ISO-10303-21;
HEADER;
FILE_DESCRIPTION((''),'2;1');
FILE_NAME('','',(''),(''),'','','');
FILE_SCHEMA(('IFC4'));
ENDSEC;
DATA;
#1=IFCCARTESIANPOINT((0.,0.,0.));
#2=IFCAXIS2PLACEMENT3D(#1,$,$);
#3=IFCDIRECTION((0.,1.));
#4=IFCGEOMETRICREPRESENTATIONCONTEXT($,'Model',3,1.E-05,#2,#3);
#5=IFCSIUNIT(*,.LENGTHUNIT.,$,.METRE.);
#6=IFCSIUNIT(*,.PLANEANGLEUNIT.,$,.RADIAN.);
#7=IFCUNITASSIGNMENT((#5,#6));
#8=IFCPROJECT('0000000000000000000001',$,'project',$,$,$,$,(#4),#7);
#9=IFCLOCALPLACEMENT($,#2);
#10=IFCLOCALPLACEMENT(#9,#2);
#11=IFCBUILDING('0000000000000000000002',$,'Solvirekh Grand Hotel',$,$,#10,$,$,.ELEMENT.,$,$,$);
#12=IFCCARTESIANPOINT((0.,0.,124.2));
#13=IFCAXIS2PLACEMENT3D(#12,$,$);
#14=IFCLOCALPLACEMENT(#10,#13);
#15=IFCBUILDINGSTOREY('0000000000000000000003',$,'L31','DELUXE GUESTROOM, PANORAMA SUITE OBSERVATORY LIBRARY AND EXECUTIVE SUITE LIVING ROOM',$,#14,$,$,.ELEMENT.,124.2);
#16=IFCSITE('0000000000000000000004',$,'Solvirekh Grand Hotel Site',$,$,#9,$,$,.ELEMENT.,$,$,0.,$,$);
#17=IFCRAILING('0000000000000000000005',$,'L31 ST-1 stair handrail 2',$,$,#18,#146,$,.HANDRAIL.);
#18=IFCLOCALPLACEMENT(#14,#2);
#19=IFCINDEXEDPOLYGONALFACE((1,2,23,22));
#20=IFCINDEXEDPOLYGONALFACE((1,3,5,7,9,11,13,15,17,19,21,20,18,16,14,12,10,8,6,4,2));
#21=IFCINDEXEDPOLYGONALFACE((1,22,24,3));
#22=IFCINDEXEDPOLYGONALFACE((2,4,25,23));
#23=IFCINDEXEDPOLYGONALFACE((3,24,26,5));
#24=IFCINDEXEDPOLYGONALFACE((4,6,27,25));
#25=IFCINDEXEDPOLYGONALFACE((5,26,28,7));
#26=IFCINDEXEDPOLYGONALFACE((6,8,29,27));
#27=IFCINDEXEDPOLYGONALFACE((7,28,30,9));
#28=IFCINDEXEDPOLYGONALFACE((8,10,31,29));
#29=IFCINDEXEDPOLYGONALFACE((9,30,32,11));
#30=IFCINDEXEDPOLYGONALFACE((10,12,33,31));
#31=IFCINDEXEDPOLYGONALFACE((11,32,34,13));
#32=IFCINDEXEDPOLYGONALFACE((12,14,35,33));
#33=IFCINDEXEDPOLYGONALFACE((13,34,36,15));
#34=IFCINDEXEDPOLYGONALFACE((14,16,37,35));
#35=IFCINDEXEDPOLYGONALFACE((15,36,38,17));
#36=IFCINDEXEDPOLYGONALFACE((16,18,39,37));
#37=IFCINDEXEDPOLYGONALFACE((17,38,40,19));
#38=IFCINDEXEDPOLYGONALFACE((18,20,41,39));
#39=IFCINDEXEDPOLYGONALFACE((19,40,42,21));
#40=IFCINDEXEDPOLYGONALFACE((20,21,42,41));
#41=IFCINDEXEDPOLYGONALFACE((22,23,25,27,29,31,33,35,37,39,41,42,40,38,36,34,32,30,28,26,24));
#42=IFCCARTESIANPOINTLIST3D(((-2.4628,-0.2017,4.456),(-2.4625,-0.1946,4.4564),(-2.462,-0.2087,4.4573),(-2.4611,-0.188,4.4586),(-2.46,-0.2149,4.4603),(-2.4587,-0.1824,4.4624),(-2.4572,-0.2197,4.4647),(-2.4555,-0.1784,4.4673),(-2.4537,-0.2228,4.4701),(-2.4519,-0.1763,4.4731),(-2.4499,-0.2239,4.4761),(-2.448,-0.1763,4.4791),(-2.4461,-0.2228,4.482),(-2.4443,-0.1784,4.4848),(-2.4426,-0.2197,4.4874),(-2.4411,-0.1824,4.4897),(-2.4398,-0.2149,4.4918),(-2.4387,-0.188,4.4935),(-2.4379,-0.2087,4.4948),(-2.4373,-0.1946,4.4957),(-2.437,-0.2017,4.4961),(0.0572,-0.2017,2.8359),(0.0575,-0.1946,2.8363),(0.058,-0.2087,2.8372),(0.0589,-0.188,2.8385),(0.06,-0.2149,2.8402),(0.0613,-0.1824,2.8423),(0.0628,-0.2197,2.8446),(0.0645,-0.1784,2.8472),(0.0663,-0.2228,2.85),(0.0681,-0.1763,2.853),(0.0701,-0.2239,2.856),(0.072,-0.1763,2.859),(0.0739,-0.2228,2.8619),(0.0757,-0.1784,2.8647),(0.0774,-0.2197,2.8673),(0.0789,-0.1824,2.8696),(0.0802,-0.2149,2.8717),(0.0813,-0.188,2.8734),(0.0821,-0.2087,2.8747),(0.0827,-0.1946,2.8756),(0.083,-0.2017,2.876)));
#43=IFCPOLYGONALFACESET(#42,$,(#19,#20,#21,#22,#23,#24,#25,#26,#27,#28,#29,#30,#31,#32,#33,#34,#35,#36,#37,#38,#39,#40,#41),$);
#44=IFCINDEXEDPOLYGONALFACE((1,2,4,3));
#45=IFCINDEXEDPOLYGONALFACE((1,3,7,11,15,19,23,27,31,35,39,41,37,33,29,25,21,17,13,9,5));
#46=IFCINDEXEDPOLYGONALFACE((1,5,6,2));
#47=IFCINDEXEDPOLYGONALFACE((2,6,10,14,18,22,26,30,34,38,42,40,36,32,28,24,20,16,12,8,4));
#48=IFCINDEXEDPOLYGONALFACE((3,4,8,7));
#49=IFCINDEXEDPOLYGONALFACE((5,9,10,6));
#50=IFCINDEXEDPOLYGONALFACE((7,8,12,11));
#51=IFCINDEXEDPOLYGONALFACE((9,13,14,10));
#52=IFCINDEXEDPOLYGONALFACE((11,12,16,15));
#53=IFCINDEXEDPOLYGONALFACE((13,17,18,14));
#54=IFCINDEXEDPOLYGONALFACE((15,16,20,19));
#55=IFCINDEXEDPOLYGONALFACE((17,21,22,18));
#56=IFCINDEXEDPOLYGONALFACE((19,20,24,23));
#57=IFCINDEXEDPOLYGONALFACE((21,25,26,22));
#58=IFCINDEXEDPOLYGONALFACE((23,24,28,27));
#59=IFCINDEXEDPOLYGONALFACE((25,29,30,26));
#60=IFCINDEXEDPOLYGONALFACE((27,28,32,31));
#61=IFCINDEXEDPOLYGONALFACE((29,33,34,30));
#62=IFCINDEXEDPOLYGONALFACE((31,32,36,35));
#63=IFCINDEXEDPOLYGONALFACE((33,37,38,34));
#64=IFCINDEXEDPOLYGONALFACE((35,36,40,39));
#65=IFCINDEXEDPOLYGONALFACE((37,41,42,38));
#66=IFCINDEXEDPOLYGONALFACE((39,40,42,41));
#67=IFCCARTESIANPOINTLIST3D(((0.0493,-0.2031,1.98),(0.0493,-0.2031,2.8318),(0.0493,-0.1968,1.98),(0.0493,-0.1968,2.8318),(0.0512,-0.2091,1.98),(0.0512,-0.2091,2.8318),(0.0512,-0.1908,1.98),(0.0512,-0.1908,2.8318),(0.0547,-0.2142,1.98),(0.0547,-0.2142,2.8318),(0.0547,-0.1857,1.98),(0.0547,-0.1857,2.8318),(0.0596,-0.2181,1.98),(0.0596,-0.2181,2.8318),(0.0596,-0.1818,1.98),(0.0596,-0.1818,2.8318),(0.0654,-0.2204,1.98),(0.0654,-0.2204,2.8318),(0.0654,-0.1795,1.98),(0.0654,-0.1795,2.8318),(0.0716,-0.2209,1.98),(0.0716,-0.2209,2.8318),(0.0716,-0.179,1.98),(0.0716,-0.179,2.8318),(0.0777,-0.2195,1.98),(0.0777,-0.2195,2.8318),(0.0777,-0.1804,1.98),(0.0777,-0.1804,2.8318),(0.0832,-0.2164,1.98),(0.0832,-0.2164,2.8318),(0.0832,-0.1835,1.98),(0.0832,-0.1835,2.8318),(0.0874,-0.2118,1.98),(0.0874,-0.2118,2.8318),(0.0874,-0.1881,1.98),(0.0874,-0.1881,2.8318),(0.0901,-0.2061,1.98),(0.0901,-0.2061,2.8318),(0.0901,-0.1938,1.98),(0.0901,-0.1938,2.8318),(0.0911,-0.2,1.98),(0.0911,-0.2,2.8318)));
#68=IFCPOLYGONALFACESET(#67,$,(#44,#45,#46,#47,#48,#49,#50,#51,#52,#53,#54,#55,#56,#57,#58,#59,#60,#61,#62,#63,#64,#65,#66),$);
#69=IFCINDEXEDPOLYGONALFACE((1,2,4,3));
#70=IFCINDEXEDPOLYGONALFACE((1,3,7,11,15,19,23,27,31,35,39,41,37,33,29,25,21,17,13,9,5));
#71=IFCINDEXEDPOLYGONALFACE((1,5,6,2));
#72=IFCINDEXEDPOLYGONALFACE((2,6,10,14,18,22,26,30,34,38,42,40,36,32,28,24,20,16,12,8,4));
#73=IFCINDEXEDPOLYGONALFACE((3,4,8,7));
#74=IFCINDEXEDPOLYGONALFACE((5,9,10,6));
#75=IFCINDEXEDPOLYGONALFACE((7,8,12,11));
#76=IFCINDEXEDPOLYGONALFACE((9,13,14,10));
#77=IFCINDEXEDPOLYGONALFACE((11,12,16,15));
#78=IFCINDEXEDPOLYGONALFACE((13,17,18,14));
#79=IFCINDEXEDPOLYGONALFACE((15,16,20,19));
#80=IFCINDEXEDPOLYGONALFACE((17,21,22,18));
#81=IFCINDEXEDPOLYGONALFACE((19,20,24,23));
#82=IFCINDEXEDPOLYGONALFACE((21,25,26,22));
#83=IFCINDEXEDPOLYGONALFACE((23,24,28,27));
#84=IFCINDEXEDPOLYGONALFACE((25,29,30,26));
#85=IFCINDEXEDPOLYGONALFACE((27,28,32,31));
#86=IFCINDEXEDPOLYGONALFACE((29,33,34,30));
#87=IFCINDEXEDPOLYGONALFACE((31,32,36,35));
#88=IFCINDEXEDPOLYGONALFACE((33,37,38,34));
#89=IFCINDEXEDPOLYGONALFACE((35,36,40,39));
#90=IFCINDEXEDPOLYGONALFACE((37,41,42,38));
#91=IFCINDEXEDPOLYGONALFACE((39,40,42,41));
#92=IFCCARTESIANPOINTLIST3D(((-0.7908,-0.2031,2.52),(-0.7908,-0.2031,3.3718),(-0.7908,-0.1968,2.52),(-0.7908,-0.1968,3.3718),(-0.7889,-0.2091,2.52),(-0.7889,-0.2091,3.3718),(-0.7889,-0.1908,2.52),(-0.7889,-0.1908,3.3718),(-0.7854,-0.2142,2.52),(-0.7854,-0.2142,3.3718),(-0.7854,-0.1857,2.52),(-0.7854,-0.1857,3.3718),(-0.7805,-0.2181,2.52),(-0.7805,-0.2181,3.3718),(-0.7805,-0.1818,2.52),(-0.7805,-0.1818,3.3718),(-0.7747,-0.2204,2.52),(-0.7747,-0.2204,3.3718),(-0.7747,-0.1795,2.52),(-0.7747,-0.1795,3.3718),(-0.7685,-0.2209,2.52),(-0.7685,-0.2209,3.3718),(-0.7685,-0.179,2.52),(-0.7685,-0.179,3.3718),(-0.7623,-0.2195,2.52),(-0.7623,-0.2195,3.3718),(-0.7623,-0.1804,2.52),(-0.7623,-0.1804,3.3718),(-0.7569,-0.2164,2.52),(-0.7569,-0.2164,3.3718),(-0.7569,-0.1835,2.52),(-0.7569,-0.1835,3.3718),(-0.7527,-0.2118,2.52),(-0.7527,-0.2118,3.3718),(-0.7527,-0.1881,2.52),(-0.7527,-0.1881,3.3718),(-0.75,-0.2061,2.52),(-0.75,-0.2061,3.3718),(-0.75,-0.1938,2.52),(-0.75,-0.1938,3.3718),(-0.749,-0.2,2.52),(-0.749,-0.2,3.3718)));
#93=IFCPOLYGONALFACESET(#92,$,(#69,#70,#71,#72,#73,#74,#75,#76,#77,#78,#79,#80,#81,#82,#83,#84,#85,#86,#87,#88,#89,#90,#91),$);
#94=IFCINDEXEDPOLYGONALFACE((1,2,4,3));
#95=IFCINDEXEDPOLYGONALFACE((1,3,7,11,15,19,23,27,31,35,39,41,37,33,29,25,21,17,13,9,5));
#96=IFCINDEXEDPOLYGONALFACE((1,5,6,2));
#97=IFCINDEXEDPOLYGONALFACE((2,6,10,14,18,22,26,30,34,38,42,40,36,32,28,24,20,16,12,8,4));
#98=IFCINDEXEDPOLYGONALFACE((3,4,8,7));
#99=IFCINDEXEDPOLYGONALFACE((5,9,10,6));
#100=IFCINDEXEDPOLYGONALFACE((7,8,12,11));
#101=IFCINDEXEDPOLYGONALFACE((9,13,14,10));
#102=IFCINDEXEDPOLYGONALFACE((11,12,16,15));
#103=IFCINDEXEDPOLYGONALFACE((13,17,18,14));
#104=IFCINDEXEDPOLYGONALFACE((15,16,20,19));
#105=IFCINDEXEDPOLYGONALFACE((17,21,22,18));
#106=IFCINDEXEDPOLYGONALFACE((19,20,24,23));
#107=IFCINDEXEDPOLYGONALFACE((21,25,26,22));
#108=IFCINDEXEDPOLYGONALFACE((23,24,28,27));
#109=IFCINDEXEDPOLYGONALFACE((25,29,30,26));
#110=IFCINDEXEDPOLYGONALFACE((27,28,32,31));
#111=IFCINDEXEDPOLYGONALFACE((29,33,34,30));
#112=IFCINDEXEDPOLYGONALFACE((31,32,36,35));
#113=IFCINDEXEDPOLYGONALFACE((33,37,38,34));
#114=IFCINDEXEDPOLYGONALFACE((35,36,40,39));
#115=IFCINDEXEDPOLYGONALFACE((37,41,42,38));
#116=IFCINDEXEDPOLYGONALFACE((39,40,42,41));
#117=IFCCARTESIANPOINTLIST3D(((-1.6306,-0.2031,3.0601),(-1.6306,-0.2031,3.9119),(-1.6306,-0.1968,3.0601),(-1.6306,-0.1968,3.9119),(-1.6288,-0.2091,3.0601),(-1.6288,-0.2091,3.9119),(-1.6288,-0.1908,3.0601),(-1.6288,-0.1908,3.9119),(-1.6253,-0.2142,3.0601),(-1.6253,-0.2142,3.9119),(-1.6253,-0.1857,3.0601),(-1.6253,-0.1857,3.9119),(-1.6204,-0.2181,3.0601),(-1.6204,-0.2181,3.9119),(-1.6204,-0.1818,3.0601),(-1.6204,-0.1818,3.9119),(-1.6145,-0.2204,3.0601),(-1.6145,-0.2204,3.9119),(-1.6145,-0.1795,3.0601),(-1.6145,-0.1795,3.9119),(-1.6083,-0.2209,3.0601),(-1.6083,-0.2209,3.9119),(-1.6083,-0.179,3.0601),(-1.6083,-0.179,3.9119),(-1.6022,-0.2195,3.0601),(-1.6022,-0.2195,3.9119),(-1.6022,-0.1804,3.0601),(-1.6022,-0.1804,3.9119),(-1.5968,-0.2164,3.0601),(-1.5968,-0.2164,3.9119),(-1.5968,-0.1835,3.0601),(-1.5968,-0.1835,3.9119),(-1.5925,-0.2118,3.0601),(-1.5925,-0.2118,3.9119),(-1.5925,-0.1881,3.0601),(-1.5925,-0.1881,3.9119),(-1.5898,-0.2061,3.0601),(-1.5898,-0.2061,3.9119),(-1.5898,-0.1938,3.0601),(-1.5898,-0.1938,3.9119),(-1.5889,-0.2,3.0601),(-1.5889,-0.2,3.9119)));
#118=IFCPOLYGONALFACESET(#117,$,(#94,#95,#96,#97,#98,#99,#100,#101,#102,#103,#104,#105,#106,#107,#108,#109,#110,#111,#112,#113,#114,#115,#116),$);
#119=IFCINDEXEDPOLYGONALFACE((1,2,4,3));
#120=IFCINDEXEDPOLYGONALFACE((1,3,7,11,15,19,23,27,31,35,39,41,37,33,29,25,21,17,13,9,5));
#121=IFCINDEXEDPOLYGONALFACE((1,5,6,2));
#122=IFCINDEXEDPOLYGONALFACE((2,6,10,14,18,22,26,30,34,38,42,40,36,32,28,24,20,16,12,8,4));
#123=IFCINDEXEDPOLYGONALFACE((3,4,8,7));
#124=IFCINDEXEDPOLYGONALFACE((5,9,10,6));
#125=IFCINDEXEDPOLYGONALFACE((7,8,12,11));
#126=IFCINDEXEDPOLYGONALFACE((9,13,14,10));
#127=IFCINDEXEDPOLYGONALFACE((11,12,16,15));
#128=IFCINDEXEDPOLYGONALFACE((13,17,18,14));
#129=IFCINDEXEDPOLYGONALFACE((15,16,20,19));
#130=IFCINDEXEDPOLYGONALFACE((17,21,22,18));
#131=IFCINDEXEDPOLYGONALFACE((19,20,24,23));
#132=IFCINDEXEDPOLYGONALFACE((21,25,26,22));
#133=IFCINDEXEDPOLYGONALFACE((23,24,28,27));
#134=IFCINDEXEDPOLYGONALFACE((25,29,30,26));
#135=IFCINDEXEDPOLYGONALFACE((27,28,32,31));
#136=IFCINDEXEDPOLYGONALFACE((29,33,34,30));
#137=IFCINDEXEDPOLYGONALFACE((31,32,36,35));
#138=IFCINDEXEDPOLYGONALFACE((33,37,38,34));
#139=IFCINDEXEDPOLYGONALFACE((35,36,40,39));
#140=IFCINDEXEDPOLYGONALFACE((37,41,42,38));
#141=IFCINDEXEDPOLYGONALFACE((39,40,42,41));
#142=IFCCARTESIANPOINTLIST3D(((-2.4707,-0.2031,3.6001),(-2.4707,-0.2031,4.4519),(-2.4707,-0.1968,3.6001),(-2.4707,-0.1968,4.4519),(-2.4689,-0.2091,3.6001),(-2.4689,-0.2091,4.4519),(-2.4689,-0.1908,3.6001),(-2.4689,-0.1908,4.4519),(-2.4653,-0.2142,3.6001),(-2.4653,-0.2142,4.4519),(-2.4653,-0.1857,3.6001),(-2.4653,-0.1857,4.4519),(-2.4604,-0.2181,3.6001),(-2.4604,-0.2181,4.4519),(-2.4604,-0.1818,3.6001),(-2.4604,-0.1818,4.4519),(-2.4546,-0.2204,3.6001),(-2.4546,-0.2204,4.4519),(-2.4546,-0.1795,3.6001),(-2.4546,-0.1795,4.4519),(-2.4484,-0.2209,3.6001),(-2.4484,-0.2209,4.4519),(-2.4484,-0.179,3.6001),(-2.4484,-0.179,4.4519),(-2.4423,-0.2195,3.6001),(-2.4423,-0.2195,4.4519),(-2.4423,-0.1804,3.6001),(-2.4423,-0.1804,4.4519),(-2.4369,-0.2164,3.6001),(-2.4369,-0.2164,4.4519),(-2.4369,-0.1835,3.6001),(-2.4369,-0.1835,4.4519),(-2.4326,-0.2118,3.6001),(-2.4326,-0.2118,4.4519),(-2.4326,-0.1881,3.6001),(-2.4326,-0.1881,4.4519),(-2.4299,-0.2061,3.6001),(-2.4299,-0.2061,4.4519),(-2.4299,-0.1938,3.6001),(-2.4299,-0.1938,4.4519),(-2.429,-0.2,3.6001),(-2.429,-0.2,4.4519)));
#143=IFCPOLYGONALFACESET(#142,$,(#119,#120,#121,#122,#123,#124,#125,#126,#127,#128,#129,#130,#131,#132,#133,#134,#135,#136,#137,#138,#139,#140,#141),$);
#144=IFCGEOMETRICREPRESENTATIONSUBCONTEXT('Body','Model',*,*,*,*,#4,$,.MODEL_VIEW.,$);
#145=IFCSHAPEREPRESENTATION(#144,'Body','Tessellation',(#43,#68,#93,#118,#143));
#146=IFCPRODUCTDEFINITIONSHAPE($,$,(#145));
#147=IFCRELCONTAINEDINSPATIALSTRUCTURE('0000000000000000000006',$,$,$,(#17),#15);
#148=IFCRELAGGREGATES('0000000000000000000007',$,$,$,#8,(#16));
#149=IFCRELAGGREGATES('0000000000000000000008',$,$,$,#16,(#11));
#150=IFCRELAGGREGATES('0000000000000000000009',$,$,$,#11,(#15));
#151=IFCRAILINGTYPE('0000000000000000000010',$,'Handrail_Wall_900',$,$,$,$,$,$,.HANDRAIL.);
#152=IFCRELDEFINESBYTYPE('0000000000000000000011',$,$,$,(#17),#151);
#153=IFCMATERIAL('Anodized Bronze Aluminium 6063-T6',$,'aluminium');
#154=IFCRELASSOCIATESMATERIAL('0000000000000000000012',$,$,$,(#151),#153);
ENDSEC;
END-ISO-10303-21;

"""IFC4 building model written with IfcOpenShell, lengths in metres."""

from ifc_helpers import new_model, si_unit, direction, frame, origin, origin_2d, place, context, subcontext, project, spatial, circle, extrude, material, type_object, element, save


model = new_model("IFC4")

# Units and contexts
model_context = context("Model", 3, precision=1e-05, world=origin(), true_north=direction((0.0, 1.0)))
body_context = subcontext(model_context, "Body", "Model", "MODEL_VIEW")
ifc_project = project(units=[si_unit("LENGTHUNIT", "METRE"), si_unit("PLANEANGLEUNIT", "RADIAN")], contexts=[model_context])

# Site, building, storey
site_placement = place(None, origin())
site = spatial("IfcSite", under=ifc_project, at=site_placement, Name="Solvirekh Grand Hotel Site", CompositionType="ELEMENT", RefElevation=0.0)
building_placement = place(site_placement, origin())
building = spatial("IfcBuilding", under=site, at=building_placement, Name="Solvirekh Grand Hotel", CompositionType="ELEMENT")
storey_placement = place(building_placement, frame((0.0, 0.0, 124.2)))
storey = spatial("IfcBuildingStorey", under=building, at=storey_placement, Name="L31", Description="DELUXE GUESTROOM, PANORAMA SUITE OBSERVATORY LIBRARY AND EXECUTIVE SUITE LIVING ROOM", CompositionType="ELEMENT", Elevation=124.2)

# Railing
ifc_material_1 = material(Name="Anodized Bronze Aluminium 6063-T6", Category="aluminium")
railing_type_1 = type_object("IfcRailingType", Name="Handrail_Wall_900", PredefinedType="HANDRAIL", material=ifc_material_1)
railing_1_placement = place(storey_placement, frame((0.0701, -0.2, 1.98)))
element("IfcRailing", 1, at=railing_1_placement, inside=storey, type_object=railing_type_1, Name="L31 ST-1 stair handrail 2", PredefinedType="HANDRAIL", context=body_context, shape_type="SweptSolid", body=[
    extrude(circle(Radius=0.0239, at=origin_2d()), frame((0.0, 0.0, 0.876), z_axis=(-0.841163, 0.0, 0.540782), x_axis=(0.0, -1.0, 0.0)), (0.0, 0.0, 1.0), 2.9958),
    extrude(circle(Radius=0.021, at=origin_2d()), origin(), (0.0, 0.0, 1.0), 0.8518),
    extrude(circle(Radius=0.021, at=origin_2d()), frame((-0.8401, 0.0, 0.54)), (0.0, 0.0, 1.0), 0.8518),
    extrude(circle(Radius=0.021, at=origin_2d()), frame((-1.6799, 0.0, 1.0801)), (0.0, 0.0, 1.0), 0.8518),
    extrude(circle(Radius=0.021, at=origin_2d()), frame((-2.52, 0.0, 1.6201)), (0.0, 0.0, 1.0), 0.8518),
])

save(model, "model.ifc")
